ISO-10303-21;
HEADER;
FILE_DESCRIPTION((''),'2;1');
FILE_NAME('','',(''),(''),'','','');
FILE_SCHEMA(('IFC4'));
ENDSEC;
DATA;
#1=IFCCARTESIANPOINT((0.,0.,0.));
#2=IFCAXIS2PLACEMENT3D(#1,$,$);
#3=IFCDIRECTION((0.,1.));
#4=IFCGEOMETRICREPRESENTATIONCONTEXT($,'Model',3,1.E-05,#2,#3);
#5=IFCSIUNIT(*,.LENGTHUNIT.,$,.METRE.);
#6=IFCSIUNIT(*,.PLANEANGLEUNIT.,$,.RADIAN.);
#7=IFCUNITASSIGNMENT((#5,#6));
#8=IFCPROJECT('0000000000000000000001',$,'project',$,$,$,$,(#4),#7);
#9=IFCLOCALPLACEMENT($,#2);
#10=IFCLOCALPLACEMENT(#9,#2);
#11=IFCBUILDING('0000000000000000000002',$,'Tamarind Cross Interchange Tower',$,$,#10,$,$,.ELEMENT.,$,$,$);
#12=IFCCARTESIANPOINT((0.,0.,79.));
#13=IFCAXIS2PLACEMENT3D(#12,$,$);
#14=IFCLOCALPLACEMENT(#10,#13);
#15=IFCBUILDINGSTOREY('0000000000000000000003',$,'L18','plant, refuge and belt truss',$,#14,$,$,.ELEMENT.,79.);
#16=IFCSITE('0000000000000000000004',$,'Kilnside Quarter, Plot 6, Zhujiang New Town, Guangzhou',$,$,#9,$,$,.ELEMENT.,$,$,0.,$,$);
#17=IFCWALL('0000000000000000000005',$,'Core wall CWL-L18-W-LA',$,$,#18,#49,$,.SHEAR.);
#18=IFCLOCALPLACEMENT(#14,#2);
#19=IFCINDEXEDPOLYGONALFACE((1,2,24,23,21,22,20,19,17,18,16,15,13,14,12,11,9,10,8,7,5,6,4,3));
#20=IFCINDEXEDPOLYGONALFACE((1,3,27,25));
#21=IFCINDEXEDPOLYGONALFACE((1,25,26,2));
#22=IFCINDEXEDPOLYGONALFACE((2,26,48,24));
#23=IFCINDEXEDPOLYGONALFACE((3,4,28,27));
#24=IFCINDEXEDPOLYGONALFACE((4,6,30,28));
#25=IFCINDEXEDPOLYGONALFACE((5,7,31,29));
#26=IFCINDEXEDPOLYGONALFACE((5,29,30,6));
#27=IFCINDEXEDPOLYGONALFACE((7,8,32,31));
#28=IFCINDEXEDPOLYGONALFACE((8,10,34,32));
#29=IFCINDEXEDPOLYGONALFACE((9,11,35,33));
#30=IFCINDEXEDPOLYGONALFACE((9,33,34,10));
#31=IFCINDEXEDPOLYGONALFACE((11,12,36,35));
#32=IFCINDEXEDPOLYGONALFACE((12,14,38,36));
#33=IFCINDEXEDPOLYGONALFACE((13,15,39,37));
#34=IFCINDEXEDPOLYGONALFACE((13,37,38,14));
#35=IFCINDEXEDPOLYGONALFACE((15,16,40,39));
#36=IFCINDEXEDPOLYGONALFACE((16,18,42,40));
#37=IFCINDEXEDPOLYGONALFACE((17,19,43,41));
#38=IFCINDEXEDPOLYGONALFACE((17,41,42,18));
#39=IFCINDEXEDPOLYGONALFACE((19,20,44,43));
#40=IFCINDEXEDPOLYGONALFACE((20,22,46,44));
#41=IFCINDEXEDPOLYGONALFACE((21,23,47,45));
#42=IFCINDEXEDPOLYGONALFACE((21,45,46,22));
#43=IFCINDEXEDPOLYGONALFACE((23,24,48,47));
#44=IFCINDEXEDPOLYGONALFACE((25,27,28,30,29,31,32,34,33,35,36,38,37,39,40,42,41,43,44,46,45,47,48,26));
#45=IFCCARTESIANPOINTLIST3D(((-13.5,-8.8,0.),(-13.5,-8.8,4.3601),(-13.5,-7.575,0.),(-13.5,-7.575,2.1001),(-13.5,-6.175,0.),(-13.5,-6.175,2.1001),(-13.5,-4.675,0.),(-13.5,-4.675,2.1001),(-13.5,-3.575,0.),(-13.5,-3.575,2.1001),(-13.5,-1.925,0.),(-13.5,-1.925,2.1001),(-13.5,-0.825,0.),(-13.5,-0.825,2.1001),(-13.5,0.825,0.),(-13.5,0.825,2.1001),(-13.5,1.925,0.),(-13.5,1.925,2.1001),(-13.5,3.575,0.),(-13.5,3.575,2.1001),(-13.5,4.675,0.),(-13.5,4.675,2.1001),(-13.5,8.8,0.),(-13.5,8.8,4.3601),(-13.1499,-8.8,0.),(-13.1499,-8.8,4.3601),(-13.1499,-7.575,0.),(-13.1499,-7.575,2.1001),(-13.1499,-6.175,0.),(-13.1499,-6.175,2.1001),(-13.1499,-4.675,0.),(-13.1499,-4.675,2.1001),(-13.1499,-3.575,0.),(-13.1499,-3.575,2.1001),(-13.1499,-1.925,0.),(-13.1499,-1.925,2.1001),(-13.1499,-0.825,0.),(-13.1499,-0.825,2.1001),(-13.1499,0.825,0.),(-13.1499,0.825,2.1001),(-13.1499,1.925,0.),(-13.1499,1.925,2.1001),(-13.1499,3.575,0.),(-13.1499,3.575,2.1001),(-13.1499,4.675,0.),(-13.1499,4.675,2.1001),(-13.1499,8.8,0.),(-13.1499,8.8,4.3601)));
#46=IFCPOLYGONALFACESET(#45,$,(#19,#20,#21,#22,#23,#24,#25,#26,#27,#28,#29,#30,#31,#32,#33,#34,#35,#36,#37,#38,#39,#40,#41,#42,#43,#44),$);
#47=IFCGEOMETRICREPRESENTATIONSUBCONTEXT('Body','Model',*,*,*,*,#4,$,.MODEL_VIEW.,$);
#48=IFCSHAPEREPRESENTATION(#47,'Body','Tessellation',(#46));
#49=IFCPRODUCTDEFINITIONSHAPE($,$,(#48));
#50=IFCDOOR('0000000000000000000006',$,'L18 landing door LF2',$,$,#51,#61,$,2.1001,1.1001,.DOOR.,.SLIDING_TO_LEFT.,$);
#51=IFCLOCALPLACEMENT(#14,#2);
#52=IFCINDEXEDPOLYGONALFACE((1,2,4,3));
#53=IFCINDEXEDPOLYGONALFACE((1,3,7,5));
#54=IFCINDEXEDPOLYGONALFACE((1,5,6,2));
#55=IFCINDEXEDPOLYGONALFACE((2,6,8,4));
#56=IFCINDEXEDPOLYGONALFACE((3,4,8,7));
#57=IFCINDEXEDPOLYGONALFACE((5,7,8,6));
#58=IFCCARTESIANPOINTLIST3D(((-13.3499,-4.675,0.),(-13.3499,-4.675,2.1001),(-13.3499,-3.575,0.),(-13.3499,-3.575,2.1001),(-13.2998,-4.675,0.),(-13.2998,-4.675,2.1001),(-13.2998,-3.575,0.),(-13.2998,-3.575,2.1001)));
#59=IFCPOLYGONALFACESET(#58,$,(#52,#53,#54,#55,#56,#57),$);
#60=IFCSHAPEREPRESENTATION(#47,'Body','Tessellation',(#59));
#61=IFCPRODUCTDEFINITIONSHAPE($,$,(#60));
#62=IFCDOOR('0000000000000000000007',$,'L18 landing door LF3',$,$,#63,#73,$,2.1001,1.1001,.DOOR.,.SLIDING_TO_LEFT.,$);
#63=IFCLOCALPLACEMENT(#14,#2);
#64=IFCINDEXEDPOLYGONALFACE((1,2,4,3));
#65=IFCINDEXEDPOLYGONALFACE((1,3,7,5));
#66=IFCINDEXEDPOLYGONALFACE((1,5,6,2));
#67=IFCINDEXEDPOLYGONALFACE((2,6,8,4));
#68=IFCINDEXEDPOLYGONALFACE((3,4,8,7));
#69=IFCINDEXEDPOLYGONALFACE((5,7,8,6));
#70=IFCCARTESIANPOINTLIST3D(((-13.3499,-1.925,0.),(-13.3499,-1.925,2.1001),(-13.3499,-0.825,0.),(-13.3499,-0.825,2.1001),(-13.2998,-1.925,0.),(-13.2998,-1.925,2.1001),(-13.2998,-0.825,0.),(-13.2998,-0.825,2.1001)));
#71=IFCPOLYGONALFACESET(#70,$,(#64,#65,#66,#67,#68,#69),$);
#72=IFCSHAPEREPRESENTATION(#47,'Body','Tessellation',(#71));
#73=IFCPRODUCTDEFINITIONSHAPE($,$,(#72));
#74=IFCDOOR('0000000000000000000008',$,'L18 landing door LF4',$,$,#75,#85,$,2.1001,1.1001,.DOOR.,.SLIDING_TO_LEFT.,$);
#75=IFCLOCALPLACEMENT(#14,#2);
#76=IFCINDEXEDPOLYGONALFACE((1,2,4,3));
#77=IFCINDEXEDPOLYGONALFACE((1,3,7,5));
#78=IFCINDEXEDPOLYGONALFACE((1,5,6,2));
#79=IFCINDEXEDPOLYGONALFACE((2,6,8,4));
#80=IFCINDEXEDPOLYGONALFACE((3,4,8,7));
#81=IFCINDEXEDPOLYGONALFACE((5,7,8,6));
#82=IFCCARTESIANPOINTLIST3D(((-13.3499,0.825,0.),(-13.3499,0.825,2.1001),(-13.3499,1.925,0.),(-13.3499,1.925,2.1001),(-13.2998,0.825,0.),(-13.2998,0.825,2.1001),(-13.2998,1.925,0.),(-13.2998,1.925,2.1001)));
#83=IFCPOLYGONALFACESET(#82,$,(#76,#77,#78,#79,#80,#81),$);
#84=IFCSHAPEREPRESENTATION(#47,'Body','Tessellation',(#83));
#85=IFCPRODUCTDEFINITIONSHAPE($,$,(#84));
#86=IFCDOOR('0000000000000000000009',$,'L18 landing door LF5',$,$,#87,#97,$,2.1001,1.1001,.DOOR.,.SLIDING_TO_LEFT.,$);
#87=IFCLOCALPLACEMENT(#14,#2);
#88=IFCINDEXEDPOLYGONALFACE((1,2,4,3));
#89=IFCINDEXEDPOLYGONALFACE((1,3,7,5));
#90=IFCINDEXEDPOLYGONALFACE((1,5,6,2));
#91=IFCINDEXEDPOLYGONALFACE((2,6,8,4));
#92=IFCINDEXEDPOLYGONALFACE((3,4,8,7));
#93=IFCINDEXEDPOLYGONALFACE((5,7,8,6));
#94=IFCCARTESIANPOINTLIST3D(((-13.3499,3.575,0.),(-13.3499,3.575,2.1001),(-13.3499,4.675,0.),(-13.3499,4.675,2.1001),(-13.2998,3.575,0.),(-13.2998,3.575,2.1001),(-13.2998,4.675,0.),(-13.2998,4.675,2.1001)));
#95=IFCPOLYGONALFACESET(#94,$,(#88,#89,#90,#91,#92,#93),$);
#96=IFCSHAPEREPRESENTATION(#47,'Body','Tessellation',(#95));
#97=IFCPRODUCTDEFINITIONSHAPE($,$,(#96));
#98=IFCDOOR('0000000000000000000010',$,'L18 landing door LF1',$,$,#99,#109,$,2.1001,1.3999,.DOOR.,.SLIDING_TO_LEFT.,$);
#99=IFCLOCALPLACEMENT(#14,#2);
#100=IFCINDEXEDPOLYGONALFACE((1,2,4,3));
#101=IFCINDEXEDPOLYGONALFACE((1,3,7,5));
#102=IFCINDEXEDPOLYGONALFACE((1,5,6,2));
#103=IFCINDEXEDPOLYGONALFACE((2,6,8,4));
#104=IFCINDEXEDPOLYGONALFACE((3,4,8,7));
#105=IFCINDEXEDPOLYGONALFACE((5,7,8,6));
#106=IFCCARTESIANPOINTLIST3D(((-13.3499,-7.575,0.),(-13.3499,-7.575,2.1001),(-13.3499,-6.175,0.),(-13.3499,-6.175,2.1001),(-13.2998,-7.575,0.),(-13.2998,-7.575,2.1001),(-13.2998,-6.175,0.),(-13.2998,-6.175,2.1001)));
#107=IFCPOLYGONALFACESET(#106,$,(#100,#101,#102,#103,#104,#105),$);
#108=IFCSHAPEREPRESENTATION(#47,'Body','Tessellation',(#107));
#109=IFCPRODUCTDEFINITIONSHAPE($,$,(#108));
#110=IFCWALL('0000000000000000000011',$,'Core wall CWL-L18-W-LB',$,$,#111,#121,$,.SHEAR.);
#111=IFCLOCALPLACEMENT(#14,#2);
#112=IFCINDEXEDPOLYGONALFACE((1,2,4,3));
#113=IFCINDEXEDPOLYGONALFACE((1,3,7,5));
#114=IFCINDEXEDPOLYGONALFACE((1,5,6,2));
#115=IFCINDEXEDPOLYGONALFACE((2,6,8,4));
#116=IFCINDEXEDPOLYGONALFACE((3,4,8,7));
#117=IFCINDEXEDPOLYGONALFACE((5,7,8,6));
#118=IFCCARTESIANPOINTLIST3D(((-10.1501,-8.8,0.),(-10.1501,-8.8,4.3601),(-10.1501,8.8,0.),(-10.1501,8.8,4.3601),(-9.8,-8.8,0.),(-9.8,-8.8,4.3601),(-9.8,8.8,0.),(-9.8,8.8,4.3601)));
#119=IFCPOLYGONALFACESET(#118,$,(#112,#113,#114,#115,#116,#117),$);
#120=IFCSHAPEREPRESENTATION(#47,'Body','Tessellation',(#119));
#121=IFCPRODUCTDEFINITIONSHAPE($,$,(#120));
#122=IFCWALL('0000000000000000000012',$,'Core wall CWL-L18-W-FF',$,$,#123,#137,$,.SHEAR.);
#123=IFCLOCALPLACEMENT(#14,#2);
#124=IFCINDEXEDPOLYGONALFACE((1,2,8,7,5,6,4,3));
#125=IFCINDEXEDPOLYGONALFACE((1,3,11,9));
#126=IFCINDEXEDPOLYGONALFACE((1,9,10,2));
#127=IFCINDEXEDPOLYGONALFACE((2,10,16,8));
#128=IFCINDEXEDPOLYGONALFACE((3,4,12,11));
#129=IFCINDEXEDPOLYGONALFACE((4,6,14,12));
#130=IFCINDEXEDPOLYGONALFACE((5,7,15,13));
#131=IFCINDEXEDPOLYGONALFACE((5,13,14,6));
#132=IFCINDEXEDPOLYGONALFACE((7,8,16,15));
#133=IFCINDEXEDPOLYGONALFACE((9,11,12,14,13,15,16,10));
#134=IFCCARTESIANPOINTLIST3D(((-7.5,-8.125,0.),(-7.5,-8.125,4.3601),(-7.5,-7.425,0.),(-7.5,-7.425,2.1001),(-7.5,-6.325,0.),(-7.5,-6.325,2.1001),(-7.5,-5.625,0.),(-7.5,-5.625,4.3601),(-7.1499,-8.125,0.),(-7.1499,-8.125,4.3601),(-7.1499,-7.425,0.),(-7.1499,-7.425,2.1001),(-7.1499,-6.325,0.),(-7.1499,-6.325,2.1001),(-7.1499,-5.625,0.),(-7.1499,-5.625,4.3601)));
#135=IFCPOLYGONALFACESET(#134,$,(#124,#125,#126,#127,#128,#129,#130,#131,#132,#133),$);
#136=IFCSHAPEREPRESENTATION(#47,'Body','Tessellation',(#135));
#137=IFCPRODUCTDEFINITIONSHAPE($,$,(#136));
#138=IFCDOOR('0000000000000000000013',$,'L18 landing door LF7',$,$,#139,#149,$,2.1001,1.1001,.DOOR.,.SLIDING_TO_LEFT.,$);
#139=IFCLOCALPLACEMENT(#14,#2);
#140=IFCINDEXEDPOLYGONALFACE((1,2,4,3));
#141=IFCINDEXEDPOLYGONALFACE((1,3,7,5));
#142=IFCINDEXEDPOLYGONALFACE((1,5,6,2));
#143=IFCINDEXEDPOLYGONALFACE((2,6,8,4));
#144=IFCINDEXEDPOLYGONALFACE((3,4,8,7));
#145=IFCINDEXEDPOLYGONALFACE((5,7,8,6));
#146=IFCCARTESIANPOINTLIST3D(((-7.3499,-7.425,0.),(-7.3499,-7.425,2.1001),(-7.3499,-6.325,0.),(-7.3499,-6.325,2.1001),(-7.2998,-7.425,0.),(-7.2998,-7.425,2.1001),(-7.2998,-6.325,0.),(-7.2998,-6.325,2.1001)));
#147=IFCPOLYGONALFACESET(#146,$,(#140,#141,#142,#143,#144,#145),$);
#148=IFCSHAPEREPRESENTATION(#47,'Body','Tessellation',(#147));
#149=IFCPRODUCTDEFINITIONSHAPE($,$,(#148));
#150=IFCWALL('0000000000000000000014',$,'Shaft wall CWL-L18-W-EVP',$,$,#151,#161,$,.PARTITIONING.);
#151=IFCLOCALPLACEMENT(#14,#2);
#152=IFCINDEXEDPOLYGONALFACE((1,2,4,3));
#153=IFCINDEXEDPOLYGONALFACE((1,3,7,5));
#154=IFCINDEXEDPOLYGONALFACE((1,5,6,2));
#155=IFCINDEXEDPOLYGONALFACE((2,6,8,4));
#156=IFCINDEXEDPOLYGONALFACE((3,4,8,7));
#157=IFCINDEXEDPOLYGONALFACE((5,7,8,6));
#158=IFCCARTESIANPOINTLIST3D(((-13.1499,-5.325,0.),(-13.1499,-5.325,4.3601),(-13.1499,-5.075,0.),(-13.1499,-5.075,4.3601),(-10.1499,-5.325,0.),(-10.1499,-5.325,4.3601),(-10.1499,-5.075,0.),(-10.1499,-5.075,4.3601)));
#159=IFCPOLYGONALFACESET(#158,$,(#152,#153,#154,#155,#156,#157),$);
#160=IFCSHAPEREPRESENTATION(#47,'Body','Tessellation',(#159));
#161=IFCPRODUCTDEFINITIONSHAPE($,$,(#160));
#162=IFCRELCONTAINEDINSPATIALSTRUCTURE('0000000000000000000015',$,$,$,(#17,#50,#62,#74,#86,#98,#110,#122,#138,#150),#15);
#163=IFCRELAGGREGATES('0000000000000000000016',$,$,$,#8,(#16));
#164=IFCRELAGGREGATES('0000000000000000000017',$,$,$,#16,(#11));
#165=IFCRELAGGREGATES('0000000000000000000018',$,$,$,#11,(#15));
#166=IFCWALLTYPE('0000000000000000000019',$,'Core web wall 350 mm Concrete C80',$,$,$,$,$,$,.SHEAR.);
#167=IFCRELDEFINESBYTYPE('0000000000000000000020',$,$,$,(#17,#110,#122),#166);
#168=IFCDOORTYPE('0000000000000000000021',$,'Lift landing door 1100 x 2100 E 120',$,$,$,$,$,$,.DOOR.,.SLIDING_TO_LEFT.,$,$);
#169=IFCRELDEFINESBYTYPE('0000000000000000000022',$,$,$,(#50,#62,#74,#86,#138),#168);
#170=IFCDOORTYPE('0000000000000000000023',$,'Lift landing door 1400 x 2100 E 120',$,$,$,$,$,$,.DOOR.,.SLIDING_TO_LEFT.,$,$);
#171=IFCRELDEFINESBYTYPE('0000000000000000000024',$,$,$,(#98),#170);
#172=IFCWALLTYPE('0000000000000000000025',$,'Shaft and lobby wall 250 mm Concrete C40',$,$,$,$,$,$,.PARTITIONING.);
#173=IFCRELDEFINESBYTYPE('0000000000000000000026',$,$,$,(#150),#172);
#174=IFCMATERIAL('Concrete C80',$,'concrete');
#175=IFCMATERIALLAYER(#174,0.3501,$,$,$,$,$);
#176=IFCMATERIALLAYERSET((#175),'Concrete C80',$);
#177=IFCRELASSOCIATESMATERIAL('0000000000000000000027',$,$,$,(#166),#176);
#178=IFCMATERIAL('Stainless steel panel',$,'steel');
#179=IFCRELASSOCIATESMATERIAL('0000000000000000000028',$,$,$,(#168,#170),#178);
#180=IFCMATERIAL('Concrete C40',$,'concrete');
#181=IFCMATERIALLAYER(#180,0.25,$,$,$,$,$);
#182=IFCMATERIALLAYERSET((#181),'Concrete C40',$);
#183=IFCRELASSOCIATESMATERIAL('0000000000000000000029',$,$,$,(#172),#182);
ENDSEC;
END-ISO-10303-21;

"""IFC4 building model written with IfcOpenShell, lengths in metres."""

from ifc_helpers import new_model, si_unit, direction, frame, frame_2d, origin, place, context, subcontext, project, spatial, rectangle, extrude, material, layer, layer_set, type_object, element, fill, save


model = new_model("IFC4")

# Units and contexts
model_context = context("Model", 3, precision=1e-05, world=origin(), true_north=direction((0.0, 1.0)))
body_context = subcontext(model_context, "Body", "Model", "MODEL_VIEW")
ifc_project = project(units=[si_unit("LENGTHUNIT", "METRE"), si_unit("PLANEANGLEUNIT", "RADIAN")], contexts=[model_context])

# Site, building, storey
site_placement = place(None, origin())
site = spatial("IfcSite", under=ifc_project, at=site_placement, Name="Kilnside Quarter, Plot 6, Zhujiang New Town, Guangzhou", CompositionType="ELEMENT", RefElevation=0.0)
building_placement = place(site_placement, origin())
building = spatial("IfcBuilding", under=site, at=building_placement, Name="Tamarind Cross Interchange Tower", CompositionType="ELEMENT")
storey_placement = place(building_placement, frame((0.0, 0.0, 79.0)))
storey = spatial("IfcBuildingStorey", under=building, at=storey_placement, Name="L18", Description="plant, refuge and belt truss", CompositionType="ELEMENT", Elevation=79.0)

# Shared definitions
ifc_material_1 = material(Name="Concrete C80", Category="concrete")

# Shared definitions
ifc_layer_1 = layer(ifc_material_1, 0.3501)
ifc_layer_set_1 = layer_set([ifc_layer_1], Name="Concrete C80")
wall_type_1 = type_object("IfcWallType", Name="Core web wall 350 mm Concrete C80", PredefinedType="SHEAR", material=ifc_layer_set_1)

# Wall, openings, doors
wall_1_placement = place(storey_placement, frame((-13.325, -8.8, 0.0), z_axis=(0.0, 0.0, 1.0), x_axis=(0.0, 1.0, 0.0)))
wall_1 = element("IfcWall", 1, at=wall_1_placement, inside=storey, type_object=wall_type_1, Name="Core wall CWL-L18-W-LA", PredefinedType="SHEAR", context=body_context, shape_type="SweptSolid", body=[
    extrude(rectangle(XDim=17.6001, YDim=0.3501, at=frame_2d((8.8, 0.0))), origin(), (0.0, 0.0, 1.0), 4.3601),
])
opening_1_placement = place(wall_1_placement, frame((1.2251, 0.0, 0.0)))
opening_1 = element("IfcOpeningElement", 2, at=opening_1_placement, cuts=wall_1, PredefinedType="OPENING", context=body_context, shape_type="SweptSolid", body=[
    extrude(rectangle(XDim=1.3999, YDim=2.1001, at=frame_2d((0.7, 1.05))), frame((0.0, 0.1851, 0.0), z_axis=(0.0, -1.0, 0.0), x_axis=(1.0, 0.0, 0.0)), (0.0, 0.0, 1.0), 0.3701),
])
opening_2_placement = place(wall_1_placement, frame((4.125, 0.0, 0.0)))
opening_2 = element("IfcOpeningElement", 3, at=opening_2_placement, cuts=wall_1, PredefinedType="OPENING", context=body_context, shape_type="SweptSolid", body=[
    extrude(rectangle(XDim=1.1001, YDim=2.1001, at=frame_2d((0.55, 1.05))), frame((0.0, 0.1851, 0.0), z_axis=(0.0, -1.0, 0.0), x_axis=(1.0, 0.0, 0.0)), (0.0, 0.0, 1.0), 0.3701),
])
opening_3_placement = place(wall_1_placement, frame((6.875, 0.0, 0.0)))
opening_3 = element("IfcOpeningElement", 4, at=opening_3_placement, cuts=wall_1, PredefinedType="OPENING", context=body_context, shape_type="SweptSolid", body=[
    extrude(rectangle(XDim=1.1001, YDim=2.1001, at=frame_2d((0.55, 1.05))), frame((0.0, 0.1851, 0.0), z_axis=(0.0, -1.0, 0.0), x_axis=(1.0, 0.0, 0.0)), (0.0, 0.0, 1.0), 0.3701),
])
opening_4_placement = place(wall_1_placement, frame((9.625, 0.0, 0.0)))
opening_4 = element("IfcOpeningElement", 5, at=opening_4_placement, cuts=wall_1, PredefinedType="OPENING", context=body_context, shape_type="SweptSolid", body=[
    extrude(rectangle(XDim=1.1001, YDim=2.1001, at=frame_2d((0.55, 1.05))), frame((0.0, 0.1851, 0.0), z_axis=(0.0, -1.0, 0.0), x_axis=(1.0, 0.0, 0.0)), (0.0, 0.0, 1.0), 0.3701),
])
opening_5_placement = place(wall_1_placement, frame((12.375, 0.0, 0.0)))
opening_5 = element("IfcOpeningElement", 6, at=opening_5_placement, cuts=wall_1, PredefinedType="OPENING", context=body_context, shape_type="SweptSolid", body=[
    extrude(rectangle(XDim=1.1001, YDim=2.1001, at=frame_2d((0.55, 1.05))), frame((0.0, 0.1851, 0.0), z_axis=(0.0, -1.0, 0.0), x_axis=(1.0, 0.0, 0.0)), (0.0, 0.0, 1.0), 0.3701),
])
ifc_material_2 = material(Name="Stainless steel panel", Category="steel")
door_type_1 = type_object("IfcDoorType", Name="Lift landing door 1100 x 2100 E 120", OperationType="SLIDING_TO_LEFT", PredefinedType="DOOR", material=ifc_material_2)
door_1_placement = place(opening_2_placement, origin())
door_1 = element("IfcDoor", 7, at=door_1_placement, inside=storey, type_object=door_type_1, Name="L18 landing door LF2", OperationType="SLIDING_TO_LEFT", OverallHeight=2.1001, OverallWidth=1.1001, PredefinedType="DOOR", context=body_context, shape_type="SweptSolid", body=[
    extrude(rectangle(XDim=1.1001, YDim=2.1001, at=frame_2d((0.55, 1.05))), frame((0.0, 0.0249, 0.0), z_axis=(0.0, -1.0, 0.0), x_axis=(1.0, 0.0, 0.0)), (0.0, 0.0, 1.0), 0.05),
])
fill(opening_2, door_1)
door_2_placement = place(opening_3_placement, origin())
door_2 = element("IfcDoor", 8, at=door_2_placement, inside=storey, type_object=door_type_1, Name="L18 landing door LF3", OperationType="SLIDING_TO_LEFT", OverallHeight=2.1001, OverallWidth=1.1001, PredefinedType="DOOR", context=body_context, shape_type="SweptSolid", body=[
    extrude(rectangle(XDim=1.1001, YDim=2.1001, at=frame_2d((0.55, 1.05))), frame((0.0, 0.0249, 0.0), z_axis=(0.0, -1.0, 0.0), x_axis=(1.0, 0.0, 0.0)), (0.0, 0.0, 1.0), 0.05),
])
fill(opening_3, door_2)
door_3_placement = place(opening_4_placement, origin())
door_3 = element("IfcDoor", 9, at=door_3_placement, inside=storey, type_object=door_type_1, Name="L18 landing door LF4", OperationType="SLIDING_TO_LEFT", OverallHeight=2.1001, OverallWidth=1.1001, PredefinedType="DOOR", context=body_context, shape_type="SweptSolid", body=[
    extrude(rectangle(XDim=1.1001, YDim=2.1001, at=frame_2d((0.55, 1.05))), frame((0.0, 0.0249, 0.0), z_axis=(0.0, -1.0, 0.0), x_axis=(1.0, 0.0, 0.0)), (0.0, 0.0, 1.0), 0.05),
])
fill(opening_4, door_3)
door_4_placement = place(opening_5_placement, origin())
door_4 = element("IfcDoor", 10, at=door_4_placement, inside=storey, type_object=door_type_1, Name="L18 landing door LF5", OperationType="SLIDING_TO_LEFT", OverallHeight=2.1001, OverallWidth=1.1001, PredefinedType="DOOR", context=body_context, shape_type="SweptSolid", body=[
    extrude(rectangle(XDim=1.1001, YDim=2.1001, at=frame_2d((0.55, 1.05))), frame((0.0, 0.0249, 0.0), z_axis=(0.0, -1.0, 0.0), x_axis=(1.0, 0.0, 0.0)), (0.0, 0.0, 1.0), 0.05),
])
fill(opening_5, door_4)
door_type_2 = type_object("IfcDoorType", Name="Lift landing door 1400 x 2100 E 120", OperationType="SLIDING_TO_LEFT", PredefinedType="DOOR", material=ifc_material_2)
door_5_placement = place(opening_1_placement, origin())
door_5 = element("IfcDoor", 11, at=door_5_placement, inside=storey, type_object=door_type_2, Name="L18 landing door LF1", OperationType="SLIDING_TO_LEFT", OverallHeight=2.1001, OverallWidth=1.3999, PredefinedType="DOOR", context=body_context, shape_type="SweptSolid", body=[
    extrude(rectangle(XDim=1.3999, YDim=2.1001, at=frame_2d((0.7, 1.05))), frame((0.0, 0.0249, 0.0), z_axis=(0.0, -1.0, 0.0), x_axis=(1.0, 0.0, 0.0)), (0.0, 0.0, 1.0), 0.05),
])
fill(opening_1, door_5)

# Wall
wall_2_placement = place(storey_placement, frame((-9.9751, -8.8, 0.0), z_axis=(0.0, 0.0, 1.0), x_axis=(0.0, 1.0, 0.0)))
element("IfcWall", 12, at=wall_2_placement, inside=storey, type_object=wall_type_1, Name="Core wall CWL-L18-W-LB", PredefinedType="SHEAR", context=body_context, shape_type="SweptSolid", body=[
    extrude(rectangle(XDim=17.6001, YDim=0.3501, at=frame_2d((8.8, 0.0))), origin(), (0.0, 0.0, 1.0), 4.3601),
])

# Wall, opening, door
wall_3_placement = place(storey_placement, frame((-7.325, -8.125, 0.0), z_axis=(0.0, 0.0, 1.0), x_axis=(0.0, 1.0, 0.0)))
wall_3 = element("IfcWall", 13, at=wall_3_placement, inside=storey, type_object=wall_type_1, Name="Core wall CWL-L18-W-FF", PredefinedType="SHEAR", context=body_context, shape_type="SweptSolid", body=[
    extrude(rectangle(XDim=2.5, YDim=0.3501, at=frame_2d((1.25, 0.0))), origin(), (0.0, 0.0, 1.0), 4.3601),
])
opening_6_placement = place(wall_3_placement, frame((0.7, 0.0, 0.0)))
opening_6 = element("IfcOpeningElement", 14, at=opening_6_placement, cuts=wall_3, PredefinedType="OPENING", context=body_context, shape_type="SweptSolid", body=[
    extrude(rectangle(XDim=1.1001, YDim=2.1001, at=frame_2d((0.55, 1.05))), frame((0.0, 0.1851, 0.0), z_axis=(0.0, -1.0, 0.0), x_axis=(1.0, 0.0, 0.0)), (0.0, 0.0, 1.0), 0.3701),
])
door_6_placement = place(opening_6_placement, origin())
door_6 = element("IfcDoor", 15, at=door_6_placement, inside=storey, type_object=door_type_1, Name="L18 landing door LF7", OperationType="SLIDING_TO_LEFT", OverallHeight=2.1001, OverallWidth=1.1001, PredefinedType="DOOR", context=body_context, shape_type="SweptSolid", body=[
    extrude(rectangle(XDim=1.1001, YDim=2.1001, at=frame_2d((0.55, 1.05))), frame((0.0, 0.0249, 0.0), z_axis=(0.0, -1.0, 0.0), x_axis=(1.0, 0.0, 0.0)), (0.0, 0.0, 1.0), 0.05),
])
fill(opening_6, door_6)

# Wall
ifc_material_3 = material(Name="Concrete C40", Category="concrete")
ifc_layer_2 = layer(ifc_material_3, 0.25)
ifc_layer_set_2 = layer_set([ifc_layer_2], Name="Concrete C40")
wall_type_2 = type_object("IfcWallType", Name="Shaft and lobby wall 250 mm Concrete C40", PredefinedType="PARTITIONING", material=ifc_layer_set_2)
wall_4_placement = place(storey_placement, frame((-13.1499, -5.2, 0.0), z_axis=(0.0, 0.0, 1.0), x_axis=(1.0, 0.0, 0.0)))
element("IfcWall", 16, at=wall_4_placement, inside=storey, type_object=wall_type_2, Name="Shaft wall CWL-L18-W-EVP", PredefinedType="PARTITIONING", context=body_context, shape_type="SweptSolid", body=[
    extrude(rectangle(XDim=3.0, YDim=0.25, at=frame_2d((1.5, 0.0))), origin(), (0.0, 0.0, 1.0), 4.3601),
])

save(model, "model.ifc")
